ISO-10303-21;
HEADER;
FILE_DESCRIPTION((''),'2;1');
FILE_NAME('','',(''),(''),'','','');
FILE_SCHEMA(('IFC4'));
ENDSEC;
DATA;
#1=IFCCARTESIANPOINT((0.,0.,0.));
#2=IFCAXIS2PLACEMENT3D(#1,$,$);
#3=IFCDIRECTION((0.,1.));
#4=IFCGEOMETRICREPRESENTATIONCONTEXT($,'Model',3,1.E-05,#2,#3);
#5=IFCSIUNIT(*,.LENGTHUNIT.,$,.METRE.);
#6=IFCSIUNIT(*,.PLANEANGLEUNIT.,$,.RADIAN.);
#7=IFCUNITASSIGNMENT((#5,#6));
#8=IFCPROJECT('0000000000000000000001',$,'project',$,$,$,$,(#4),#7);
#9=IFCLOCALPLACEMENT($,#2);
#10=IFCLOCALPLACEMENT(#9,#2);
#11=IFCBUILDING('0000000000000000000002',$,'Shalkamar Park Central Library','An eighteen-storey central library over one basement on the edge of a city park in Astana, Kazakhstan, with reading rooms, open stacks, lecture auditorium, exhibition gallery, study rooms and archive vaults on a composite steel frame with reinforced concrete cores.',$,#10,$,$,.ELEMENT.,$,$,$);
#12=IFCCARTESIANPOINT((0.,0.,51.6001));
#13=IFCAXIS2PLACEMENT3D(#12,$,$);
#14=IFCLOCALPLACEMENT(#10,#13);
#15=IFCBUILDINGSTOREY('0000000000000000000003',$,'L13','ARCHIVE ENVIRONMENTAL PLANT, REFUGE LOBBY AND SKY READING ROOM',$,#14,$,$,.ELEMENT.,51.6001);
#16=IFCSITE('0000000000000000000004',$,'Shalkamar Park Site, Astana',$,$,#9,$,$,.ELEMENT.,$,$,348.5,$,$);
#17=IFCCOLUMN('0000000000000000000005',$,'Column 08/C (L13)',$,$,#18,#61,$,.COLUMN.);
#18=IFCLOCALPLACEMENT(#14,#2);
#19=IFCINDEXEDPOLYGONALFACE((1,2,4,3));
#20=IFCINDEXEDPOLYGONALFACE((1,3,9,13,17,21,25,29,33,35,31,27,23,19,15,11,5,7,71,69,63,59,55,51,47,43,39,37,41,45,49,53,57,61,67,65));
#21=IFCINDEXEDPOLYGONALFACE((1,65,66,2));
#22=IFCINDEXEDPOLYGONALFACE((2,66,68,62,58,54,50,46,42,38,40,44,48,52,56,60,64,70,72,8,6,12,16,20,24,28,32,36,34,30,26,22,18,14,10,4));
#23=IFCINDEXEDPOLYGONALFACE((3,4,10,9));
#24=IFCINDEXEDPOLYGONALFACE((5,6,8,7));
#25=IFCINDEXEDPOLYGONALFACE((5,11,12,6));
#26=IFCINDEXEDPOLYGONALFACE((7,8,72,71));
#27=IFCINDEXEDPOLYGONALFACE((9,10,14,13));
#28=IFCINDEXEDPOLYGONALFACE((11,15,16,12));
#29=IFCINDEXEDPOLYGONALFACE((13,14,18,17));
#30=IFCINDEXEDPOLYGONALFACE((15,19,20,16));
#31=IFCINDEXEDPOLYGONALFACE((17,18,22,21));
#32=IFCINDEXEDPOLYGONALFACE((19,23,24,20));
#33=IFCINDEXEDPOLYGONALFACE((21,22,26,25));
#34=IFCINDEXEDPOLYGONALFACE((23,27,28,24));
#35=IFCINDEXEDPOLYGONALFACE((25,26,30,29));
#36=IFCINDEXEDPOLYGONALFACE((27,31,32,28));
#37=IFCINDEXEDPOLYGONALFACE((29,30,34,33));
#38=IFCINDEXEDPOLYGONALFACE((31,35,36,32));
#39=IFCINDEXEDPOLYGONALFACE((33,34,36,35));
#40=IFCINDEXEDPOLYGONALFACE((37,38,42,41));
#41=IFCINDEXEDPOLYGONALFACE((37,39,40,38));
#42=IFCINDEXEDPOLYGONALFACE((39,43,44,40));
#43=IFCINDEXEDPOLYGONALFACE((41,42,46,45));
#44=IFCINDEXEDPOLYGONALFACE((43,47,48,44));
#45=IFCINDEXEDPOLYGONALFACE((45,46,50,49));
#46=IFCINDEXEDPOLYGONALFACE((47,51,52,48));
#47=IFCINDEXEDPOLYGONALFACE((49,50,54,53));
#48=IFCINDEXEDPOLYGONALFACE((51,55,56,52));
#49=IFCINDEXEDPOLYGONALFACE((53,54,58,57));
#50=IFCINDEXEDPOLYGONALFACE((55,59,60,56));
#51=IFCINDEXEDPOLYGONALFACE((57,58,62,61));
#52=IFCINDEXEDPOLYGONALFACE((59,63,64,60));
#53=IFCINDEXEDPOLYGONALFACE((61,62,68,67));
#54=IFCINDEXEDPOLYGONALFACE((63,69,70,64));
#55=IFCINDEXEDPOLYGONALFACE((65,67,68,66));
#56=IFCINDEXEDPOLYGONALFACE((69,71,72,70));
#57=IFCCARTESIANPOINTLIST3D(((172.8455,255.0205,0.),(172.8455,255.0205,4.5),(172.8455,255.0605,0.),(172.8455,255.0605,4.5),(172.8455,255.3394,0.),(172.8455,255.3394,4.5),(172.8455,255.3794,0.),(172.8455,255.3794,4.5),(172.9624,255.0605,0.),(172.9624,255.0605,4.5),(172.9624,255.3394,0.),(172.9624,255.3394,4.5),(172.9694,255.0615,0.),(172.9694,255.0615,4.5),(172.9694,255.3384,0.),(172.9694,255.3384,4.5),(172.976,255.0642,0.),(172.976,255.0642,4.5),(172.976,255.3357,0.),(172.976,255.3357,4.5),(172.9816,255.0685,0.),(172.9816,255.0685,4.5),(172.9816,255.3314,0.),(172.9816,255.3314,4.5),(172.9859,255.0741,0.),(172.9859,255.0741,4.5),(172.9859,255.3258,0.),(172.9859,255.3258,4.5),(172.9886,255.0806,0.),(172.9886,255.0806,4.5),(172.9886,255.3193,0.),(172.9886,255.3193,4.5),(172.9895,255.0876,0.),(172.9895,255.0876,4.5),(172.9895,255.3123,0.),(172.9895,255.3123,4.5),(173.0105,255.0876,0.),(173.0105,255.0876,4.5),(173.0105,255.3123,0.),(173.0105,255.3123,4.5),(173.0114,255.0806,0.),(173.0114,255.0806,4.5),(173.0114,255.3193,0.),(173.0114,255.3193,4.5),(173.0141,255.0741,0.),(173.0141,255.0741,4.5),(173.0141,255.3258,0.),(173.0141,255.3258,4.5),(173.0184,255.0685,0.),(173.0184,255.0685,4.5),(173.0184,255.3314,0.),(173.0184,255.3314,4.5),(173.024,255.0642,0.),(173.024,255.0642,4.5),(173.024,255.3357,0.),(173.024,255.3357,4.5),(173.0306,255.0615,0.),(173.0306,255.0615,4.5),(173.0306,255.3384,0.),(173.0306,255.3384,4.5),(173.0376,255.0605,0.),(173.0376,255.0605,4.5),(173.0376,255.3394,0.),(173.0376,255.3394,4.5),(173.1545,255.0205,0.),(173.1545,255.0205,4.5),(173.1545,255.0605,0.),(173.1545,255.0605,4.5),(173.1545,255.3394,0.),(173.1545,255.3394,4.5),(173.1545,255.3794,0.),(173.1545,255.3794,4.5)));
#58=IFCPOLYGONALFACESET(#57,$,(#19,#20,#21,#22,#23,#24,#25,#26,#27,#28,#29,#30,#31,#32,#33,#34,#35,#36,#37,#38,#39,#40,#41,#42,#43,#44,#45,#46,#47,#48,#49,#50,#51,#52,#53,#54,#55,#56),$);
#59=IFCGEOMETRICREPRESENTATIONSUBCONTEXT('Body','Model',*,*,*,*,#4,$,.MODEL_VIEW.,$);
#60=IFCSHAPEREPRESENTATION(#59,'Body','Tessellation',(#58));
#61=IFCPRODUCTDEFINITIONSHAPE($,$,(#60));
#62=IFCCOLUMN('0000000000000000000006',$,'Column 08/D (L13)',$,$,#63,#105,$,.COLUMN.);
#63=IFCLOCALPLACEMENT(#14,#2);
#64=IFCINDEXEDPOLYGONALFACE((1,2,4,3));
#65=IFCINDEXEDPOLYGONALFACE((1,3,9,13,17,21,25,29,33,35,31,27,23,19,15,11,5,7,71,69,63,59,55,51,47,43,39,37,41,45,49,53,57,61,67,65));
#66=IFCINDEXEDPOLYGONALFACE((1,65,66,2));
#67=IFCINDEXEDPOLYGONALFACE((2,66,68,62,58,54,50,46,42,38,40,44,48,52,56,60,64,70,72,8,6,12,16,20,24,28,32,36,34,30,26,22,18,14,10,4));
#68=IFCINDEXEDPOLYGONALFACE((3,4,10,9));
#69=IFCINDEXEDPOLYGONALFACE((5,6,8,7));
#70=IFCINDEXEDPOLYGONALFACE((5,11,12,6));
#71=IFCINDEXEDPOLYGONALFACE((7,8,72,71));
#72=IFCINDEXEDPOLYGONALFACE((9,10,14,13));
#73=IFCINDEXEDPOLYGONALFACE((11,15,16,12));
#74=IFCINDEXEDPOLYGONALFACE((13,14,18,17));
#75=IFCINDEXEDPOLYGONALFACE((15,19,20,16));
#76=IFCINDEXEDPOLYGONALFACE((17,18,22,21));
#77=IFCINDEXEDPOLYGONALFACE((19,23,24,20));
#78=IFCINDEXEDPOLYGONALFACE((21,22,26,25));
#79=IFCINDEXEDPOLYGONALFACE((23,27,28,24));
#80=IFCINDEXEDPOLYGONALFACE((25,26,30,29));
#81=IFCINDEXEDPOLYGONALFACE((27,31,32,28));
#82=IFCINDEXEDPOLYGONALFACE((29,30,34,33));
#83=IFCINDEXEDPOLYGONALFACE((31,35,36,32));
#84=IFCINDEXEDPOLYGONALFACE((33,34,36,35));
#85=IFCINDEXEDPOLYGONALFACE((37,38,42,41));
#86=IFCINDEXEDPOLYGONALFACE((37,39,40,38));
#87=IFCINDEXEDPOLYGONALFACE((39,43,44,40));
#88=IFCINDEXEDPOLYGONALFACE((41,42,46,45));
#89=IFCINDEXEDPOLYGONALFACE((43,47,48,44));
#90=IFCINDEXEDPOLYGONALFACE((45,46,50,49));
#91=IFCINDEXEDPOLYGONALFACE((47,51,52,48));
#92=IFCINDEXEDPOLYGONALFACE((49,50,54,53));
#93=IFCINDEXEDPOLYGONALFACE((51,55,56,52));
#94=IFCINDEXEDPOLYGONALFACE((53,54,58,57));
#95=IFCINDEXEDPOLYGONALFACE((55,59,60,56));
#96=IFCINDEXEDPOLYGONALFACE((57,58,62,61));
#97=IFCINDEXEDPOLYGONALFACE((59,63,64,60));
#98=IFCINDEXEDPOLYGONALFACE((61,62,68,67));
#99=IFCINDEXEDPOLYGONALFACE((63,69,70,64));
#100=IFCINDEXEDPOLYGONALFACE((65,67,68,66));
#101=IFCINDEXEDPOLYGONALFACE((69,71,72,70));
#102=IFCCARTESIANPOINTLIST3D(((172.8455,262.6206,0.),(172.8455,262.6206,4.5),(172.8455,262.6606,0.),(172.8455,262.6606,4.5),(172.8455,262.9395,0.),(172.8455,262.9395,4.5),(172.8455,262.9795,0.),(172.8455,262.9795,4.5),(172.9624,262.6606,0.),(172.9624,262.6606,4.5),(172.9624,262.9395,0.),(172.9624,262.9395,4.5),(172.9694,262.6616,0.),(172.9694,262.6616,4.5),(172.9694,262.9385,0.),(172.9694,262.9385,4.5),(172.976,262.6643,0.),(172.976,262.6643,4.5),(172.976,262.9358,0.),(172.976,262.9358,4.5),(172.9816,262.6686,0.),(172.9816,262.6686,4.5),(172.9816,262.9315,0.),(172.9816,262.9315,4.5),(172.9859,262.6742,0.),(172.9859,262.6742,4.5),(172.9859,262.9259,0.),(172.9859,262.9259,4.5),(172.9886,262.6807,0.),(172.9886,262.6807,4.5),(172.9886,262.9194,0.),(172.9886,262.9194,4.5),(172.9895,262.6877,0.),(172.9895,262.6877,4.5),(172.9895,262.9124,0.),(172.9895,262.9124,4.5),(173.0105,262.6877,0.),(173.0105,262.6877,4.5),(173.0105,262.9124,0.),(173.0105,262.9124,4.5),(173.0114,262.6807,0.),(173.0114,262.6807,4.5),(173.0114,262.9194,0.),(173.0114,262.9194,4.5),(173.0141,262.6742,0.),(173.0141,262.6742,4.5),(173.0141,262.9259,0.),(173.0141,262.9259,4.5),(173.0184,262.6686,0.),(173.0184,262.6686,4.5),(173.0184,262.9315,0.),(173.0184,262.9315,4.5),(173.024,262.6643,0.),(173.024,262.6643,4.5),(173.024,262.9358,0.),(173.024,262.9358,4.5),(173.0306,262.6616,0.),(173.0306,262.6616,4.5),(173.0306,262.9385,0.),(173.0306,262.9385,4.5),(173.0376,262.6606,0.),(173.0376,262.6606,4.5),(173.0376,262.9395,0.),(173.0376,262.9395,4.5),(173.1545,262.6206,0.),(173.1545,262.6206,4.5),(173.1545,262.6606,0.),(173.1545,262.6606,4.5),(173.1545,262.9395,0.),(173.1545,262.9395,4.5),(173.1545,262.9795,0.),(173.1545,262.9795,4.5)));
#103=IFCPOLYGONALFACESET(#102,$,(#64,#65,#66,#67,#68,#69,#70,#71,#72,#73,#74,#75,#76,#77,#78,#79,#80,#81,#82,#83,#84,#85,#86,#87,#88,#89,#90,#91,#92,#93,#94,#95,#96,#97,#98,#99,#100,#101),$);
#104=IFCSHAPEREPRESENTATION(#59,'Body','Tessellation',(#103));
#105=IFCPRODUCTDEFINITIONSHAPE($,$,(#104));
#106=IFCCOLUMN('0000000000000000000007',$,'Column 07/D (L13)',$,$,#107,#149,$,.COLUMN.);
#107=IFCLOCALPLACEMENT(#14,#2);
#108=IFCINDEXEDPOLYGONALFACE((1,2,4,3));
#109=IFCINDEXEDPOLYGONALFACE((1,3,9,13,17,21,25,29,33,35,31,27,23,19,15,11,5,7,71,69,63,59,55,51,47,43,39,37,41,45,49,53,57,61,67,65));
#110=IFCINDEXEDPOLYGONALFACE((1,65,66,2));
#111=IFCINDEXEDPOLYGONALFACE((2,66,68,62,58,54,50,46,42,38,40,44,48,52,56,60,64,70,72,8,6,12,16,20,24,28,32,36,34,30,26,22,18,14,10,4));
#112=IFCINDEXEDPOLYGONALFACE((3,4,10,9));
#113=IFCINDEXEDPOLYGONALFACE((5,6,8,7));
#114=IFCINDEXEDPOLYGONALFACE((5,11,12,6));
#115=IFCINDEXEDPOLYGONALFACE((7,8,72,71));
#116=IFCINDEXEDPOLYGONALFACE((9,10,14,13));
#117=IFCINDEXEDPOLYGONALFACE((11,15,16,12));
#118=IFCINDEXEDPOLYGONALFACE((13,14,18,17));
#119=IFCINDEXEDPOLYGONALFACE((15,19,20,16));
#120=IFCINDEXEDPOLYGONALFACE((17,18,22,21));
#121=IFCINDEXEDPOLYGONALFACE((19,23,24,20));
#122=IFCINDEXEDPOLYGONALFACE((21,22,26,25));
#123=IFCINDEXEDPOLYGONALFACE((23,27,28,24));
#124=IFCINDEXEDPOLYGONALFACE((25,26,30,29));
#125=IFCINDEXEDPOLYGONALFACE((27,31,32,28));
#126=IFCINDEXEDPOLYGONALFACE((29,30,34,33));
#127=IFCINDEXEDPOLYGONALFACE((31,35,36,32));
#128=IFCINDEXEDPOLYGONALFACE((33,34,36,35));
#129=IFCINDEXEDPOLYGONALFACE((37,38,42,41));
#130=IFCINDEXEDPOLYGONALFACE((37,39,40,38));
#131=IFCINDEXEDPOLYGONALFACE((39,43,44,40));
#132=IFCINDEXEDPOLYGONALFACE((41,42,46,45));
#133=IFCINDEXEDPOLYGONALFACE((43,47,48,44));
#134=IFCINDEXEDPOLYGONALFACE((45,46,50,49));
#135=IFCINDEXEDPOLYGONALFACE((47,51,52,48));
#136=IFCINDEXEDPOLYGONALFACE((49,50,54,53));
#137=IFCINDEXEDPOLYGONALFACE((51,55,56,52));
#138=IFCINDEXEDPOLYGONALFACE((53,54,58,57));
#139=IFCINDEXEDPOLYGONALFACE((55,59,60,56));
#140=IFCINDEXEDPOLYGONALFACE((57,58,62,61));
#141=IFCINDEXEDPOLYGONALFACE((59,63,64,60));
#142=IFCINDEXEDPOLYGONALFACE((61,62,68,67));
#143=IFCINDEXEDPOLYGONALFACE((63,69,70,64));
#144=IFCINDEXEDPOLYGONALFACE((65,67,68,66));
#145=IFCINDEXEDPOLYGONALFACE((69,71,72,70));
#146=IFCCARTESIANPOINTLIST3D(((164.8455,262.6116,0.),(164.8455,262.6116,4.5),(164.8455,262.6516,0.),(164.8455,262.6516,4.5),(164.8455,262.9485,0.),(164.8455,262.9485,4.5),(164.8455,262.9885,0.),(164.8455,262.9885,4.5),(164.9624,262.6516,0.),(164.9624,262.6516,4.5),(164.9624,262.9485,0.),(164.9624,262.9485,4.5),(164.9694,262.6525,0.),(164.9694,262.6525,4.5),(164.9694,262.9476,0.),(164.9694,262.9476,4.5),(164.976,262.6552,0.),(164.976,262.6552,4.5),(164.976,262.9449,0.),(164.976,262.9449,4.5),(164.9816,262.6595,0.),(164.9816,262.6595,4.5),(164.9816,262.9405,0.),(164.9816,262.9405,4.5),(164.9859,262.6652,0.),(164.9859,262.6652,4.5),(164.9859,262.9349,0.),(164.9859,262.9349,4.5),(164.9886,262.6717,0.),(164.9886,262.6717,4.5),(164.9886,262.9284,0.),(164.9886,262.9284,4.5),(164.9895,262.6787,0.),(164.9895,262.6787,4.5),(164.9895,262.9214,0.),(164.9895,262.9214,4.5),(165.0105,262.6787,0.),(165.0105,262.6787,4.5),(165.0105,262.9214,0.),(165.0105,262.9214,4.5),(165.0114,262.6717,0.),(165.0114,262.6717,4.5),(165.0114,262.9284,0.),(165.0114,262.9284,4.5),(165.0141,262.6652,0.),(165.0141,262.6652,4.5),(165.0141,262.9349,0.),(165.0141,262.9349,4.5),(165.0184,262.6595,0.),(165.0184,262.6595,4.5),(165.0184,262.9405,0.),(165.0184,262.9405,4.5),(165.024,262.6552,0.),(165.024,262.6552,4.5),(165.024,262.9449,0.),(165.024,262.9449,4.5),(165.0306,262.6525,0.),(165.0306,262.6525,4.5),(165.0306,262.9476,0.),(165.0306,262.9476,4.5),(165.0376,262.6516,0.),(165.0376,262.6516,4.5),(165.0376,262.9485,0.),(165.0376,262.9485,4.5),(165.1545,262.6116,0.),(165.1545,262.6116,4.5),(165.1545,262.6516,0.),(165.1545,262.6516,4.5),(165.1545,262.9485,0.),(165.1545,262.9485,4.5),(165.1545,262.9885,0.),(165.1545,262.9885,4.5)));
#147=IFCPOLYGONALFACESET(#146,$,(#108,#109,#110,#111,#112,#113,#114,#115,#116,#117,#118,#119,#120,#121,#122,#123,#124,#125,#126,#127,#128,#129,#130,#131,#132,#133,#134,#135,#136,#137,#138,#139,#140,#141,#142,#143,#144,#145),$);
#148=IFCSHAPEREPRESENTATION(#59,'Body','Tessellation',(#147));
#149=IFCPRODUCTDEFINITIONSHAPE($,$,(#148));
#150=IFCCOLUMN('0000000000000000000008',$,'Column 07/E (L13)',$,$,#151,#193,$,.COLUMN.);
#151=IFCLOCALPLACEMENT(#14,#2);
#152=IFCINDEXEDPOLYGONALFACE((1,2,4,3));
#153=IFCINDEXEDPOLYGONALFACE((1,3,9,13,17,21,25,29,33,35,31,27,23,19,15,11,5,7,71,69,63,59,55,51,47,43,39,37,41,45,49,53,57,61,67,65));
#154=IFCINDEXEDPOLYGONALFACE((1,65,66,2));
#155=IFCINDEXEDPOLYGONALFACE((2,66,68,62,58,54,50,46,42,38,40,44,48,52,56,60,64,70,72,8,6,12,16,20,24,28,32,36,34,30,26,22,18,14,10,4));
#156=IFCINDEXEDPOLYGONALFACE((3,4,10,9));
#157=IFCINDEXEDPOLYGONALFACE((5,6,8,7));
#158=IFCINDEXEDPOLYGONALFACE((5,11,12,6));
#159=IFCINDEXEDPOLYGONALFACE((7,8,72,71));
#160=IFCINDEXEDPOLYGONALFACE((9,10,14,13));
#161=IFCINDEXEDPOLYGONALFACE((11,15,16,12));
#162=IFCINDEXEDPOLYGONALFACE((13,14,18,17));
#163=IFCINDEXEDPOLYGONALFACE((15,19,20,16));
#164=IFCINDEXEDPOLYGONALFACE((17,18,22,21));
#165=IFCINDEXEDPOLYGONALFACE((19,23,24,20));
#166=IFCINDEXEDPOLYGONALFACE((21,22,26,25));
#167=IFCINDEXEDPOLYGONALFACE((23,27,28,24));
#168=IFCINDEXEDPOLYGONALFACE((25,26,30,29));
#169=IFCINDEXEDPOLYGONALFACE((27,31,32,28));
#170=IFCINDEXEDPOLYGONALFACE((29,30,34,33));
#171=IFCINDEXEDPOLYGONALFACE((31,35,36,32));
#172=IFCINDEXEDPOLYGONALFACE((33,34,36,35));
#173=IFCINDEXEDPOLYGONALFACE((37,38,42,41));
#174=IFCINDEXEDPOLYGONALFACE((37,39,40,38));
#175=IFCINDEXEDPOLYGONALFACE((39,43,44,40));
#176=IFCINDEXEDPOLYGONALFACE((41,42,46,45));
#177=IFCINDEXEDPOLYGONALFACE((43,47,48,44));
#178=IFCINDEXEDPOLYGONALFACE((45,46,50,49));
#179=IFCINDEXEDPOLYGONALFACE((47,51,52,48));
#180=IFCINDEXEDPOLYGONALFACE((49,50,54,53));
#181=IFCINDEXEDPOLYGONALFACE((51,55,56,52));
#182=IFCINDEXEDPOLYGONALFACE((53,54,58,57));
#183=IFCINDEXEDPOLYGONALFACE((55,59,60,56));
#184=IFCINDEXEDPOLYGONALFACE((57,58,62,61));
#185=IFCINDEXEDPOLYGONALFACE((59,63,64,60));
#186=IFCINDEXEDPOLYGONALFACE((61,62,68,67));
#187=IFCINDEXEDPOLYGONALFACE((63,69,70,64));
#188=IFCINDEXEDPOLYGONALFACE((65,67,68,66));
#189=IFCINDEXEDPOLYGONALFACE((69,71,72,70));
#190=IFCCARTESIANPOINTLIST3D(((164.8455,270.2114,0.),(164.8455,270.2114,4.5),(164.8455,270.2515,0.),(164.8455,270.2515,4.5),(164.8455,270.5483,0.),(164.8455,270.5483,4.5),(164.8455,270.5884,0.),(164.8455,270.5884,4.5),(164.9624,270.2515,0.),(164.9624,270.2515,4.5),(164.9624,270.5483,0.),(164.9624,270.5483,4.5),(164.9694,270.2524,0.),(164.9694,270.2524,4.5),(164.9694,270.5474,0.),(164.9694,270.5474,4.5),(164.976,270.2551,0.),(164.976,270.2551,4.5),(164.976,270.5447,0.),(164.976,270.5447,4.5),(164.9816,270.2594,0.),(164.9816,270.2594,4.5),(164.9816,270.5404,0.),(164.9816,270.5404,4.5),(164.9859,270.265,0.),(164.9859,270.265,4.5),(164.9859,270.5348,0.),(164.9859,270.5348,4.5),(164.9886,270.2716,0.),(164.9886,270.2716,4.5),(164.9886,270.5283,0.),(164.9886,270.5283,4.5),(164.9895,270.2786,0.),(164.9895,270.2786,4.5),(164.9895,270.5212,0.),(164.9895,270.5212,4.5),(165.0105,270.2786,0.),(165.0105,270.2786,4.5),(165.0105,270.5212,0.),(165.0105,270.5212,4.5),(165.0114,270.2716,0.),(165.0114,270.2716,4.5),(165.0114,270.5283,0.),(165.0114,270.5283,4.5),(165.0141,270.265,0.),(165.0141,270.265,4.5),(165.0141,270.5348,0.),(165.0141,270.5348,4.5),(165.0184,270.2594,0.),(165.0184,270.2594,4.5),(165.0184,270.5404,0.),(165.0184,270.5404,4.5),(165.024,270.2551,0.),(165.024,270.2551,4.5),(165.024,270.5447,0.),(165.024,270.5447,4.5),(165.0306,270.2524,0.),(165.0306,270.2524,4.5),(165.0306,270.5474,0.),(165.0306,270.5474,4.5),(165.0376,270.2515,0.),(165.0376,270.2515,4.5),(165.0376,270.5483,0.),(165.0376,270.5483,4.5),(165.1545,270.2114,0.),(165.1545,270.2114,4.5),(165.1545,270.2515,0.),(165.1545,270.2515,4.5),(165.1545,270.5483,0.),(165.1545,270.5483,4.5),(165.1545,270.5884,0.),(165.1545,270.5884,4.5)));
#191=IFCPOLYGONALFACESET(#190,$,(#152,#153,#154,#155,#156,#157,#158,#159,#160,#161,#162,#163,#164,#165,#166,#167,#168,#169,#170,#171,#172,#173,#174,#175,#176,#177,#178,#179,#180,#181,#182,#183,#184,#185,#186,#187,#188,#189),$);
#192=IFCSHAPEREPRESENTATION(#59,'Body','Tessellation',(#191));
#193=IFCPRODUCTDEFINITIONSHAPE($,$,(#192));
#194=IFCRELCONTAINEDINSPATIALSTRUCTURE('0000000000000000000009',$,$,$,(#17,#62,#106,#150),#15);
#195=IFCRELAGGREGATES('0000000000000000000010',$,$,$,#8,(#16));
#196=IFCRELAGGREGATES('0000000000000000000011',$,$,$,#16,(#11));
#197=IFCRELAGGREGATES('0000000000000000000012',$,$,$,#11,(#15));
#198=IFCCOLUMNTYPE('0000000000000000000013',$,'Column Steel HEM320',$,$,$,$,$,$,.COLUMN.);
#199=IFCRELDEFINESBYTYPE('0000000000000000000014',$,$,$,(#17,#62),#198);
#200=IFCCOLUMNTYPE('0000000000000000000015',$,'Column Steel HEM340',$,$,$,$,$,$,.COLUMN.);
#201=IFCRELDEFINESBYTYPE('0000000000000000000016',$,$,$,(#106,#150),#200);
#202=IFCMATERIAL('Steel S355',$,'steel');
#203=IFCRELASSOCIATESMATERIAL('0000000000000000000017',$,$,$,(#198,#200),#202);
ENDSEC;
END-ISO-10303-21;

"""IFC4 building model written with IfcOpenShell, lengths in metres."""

from ifc_helpers import new_model, si_unit, direction, frame, origin, origin_2d, place, context, subcontext, project, spatial, i_section, extrude, material, material_profile, profile_set, type_object, element, save


model = new_model("IFC4")

# Units and contexts
model_context = context("Model", 3, precision=1e-05, world=origin(), true_north=direction((0.0, 1.0)))
body_context = subcontext(model_context, "Body", "Model", "MODEL_VIEW")
ifc_project = project(units=[si_unit("LENGTHUNIT", "METRE"), si_unit("PLANEANGLEUNIT", "RADIAN")], contexts=[model_context])

# Site, building, storey
site_placement = place(None, origin())
site = spatial("IfcSite", under=ifc_project, at=site_placement, Name="Shalkamar Park Site, Astana", CompositionType="ELEMENT", RefElevation=348.5)
building_placement = place(site_placement, origin())
building = spatial("IfcBuilding", under=site, at=building_placement, Name="Shalkamar Park Central Library", Description="An eighteen-storey central library over one basement on the edge of a city park in Astana, Kazakhstan, with reading rooms, open stacks, lecture auditorium, exhibition gallery, study rooms and archive vaults on a composite steel frame with reinforced concrete cores.", CompositionType="ELEMENT")
storey_placement = place(building_placement, frame((0.0, 0.0, 51.6001)))
storey = spatial("IfcBuildingStorey", under=building, at=storey_placement, Name="L13", Description="ARCHIVE ENVIRONMENTAL PLANT, REFUGE LOBBY AND SKY READING ROOM", CompositionType="ELEMENT", Elevation=51.6001)

# Columns
ifc_material_1 = material(Name="Steel S355", Category="steel")
ifc_material_profile_1 = material_profile(ifc_material_1, i_section(OverallWidth=0.3091, OverallDepth=0.3589, WebThickness=0.021, FlangeThickness=0.04, FilletRadius=0.0271, at=origin_2d()), Name="HEM 320")
ifc_profile_set_1 = profile_set([ifc_material_profile_1], Name="Steel S355")
column_type_1 = type_object("IfcColumnType", Name="Column Steel HEM320", PredefinedType="COLUMN", material=ifc_profile_set_1)
for number, where, z_axis, x_axis, name in (
    (1, (173.0, 255.2, 0.0), (0.0, 0.0, 1.0), (1.0, 0.0, 0.0), "Column 08/C (L13)"),
    (2, (173.0, 262.8, 0.0), (0.0, 0.0, 1.0), (1.0, 0.0, 0.0), "Column 08/D (L13)"),
):
    element("IfcColumn", number, at=place(storey_placement, frame(where, z_axis=z_axis, x_axis=x_axis)), inside=storey, type_object=column_type_1, Name=name, PredefinedType="COLUMN", context=body_context, shape_type="SweptSolid", body=[
        extrude(i_section(OverallWidth=0.3091, OverallDepth=0.3589, WebThickness=0.021, FlangeThickness=0.04, FilletRadius=0.0271, at=origin_2d()), origin(), (0.0, 0.0, 1.0), 4.5),
    ])
ifc_material_profile_2 = material_profile(ifc_material_1, i_section(OverallWidth=0.3091, OverallDepth=0.377, WebThickness=0.021, FlangeThickness=0.04, FilletRadius=0.0271, at=origin_2d()), Name="HEM 340")
ifc_profile_set_2 = profile_set([ifc_material_profile_2], Name="Steel S355")
column_type_2 = type_object("IfcColumnType", Name="Column Steel HEM340", PredefinedType="COLUMN", material=ifc_profile_set_2)
for number, where, z_axis, x_axis, name in (
    (3, (165.0, 262.8, 0.0), (0.0, 0.0, 1.0), (1.0, 0.0, 0.0), "Column 07/D (L13)"),
    (4, (165.0, 270.3999, 0.0), (0.0, 0.0, 1.0), (1.0, 0.0, 0.0), "Column 07/E (L13)"),
):
    element("IfcColumn", number, at=place(storey_placement, frame(where, z_axis=z_axis, x_axis=x_axis)), inside=storey, type_object=column_type_2, Name=name, PredefinedType="COLUMN", context=body_context, shape_type="SweptSolid", body=[
        extrude(i_section(OverallWidth=0.3091, OverallDepth=0.377, WebThickness=0.021, FlangeThickness=0.04, FilletRadius=0.0271, at=origin_2d()), origin(), (0.0, 0.0, 1.0), 4.5),
    ])

save(model, "model.ifc")
